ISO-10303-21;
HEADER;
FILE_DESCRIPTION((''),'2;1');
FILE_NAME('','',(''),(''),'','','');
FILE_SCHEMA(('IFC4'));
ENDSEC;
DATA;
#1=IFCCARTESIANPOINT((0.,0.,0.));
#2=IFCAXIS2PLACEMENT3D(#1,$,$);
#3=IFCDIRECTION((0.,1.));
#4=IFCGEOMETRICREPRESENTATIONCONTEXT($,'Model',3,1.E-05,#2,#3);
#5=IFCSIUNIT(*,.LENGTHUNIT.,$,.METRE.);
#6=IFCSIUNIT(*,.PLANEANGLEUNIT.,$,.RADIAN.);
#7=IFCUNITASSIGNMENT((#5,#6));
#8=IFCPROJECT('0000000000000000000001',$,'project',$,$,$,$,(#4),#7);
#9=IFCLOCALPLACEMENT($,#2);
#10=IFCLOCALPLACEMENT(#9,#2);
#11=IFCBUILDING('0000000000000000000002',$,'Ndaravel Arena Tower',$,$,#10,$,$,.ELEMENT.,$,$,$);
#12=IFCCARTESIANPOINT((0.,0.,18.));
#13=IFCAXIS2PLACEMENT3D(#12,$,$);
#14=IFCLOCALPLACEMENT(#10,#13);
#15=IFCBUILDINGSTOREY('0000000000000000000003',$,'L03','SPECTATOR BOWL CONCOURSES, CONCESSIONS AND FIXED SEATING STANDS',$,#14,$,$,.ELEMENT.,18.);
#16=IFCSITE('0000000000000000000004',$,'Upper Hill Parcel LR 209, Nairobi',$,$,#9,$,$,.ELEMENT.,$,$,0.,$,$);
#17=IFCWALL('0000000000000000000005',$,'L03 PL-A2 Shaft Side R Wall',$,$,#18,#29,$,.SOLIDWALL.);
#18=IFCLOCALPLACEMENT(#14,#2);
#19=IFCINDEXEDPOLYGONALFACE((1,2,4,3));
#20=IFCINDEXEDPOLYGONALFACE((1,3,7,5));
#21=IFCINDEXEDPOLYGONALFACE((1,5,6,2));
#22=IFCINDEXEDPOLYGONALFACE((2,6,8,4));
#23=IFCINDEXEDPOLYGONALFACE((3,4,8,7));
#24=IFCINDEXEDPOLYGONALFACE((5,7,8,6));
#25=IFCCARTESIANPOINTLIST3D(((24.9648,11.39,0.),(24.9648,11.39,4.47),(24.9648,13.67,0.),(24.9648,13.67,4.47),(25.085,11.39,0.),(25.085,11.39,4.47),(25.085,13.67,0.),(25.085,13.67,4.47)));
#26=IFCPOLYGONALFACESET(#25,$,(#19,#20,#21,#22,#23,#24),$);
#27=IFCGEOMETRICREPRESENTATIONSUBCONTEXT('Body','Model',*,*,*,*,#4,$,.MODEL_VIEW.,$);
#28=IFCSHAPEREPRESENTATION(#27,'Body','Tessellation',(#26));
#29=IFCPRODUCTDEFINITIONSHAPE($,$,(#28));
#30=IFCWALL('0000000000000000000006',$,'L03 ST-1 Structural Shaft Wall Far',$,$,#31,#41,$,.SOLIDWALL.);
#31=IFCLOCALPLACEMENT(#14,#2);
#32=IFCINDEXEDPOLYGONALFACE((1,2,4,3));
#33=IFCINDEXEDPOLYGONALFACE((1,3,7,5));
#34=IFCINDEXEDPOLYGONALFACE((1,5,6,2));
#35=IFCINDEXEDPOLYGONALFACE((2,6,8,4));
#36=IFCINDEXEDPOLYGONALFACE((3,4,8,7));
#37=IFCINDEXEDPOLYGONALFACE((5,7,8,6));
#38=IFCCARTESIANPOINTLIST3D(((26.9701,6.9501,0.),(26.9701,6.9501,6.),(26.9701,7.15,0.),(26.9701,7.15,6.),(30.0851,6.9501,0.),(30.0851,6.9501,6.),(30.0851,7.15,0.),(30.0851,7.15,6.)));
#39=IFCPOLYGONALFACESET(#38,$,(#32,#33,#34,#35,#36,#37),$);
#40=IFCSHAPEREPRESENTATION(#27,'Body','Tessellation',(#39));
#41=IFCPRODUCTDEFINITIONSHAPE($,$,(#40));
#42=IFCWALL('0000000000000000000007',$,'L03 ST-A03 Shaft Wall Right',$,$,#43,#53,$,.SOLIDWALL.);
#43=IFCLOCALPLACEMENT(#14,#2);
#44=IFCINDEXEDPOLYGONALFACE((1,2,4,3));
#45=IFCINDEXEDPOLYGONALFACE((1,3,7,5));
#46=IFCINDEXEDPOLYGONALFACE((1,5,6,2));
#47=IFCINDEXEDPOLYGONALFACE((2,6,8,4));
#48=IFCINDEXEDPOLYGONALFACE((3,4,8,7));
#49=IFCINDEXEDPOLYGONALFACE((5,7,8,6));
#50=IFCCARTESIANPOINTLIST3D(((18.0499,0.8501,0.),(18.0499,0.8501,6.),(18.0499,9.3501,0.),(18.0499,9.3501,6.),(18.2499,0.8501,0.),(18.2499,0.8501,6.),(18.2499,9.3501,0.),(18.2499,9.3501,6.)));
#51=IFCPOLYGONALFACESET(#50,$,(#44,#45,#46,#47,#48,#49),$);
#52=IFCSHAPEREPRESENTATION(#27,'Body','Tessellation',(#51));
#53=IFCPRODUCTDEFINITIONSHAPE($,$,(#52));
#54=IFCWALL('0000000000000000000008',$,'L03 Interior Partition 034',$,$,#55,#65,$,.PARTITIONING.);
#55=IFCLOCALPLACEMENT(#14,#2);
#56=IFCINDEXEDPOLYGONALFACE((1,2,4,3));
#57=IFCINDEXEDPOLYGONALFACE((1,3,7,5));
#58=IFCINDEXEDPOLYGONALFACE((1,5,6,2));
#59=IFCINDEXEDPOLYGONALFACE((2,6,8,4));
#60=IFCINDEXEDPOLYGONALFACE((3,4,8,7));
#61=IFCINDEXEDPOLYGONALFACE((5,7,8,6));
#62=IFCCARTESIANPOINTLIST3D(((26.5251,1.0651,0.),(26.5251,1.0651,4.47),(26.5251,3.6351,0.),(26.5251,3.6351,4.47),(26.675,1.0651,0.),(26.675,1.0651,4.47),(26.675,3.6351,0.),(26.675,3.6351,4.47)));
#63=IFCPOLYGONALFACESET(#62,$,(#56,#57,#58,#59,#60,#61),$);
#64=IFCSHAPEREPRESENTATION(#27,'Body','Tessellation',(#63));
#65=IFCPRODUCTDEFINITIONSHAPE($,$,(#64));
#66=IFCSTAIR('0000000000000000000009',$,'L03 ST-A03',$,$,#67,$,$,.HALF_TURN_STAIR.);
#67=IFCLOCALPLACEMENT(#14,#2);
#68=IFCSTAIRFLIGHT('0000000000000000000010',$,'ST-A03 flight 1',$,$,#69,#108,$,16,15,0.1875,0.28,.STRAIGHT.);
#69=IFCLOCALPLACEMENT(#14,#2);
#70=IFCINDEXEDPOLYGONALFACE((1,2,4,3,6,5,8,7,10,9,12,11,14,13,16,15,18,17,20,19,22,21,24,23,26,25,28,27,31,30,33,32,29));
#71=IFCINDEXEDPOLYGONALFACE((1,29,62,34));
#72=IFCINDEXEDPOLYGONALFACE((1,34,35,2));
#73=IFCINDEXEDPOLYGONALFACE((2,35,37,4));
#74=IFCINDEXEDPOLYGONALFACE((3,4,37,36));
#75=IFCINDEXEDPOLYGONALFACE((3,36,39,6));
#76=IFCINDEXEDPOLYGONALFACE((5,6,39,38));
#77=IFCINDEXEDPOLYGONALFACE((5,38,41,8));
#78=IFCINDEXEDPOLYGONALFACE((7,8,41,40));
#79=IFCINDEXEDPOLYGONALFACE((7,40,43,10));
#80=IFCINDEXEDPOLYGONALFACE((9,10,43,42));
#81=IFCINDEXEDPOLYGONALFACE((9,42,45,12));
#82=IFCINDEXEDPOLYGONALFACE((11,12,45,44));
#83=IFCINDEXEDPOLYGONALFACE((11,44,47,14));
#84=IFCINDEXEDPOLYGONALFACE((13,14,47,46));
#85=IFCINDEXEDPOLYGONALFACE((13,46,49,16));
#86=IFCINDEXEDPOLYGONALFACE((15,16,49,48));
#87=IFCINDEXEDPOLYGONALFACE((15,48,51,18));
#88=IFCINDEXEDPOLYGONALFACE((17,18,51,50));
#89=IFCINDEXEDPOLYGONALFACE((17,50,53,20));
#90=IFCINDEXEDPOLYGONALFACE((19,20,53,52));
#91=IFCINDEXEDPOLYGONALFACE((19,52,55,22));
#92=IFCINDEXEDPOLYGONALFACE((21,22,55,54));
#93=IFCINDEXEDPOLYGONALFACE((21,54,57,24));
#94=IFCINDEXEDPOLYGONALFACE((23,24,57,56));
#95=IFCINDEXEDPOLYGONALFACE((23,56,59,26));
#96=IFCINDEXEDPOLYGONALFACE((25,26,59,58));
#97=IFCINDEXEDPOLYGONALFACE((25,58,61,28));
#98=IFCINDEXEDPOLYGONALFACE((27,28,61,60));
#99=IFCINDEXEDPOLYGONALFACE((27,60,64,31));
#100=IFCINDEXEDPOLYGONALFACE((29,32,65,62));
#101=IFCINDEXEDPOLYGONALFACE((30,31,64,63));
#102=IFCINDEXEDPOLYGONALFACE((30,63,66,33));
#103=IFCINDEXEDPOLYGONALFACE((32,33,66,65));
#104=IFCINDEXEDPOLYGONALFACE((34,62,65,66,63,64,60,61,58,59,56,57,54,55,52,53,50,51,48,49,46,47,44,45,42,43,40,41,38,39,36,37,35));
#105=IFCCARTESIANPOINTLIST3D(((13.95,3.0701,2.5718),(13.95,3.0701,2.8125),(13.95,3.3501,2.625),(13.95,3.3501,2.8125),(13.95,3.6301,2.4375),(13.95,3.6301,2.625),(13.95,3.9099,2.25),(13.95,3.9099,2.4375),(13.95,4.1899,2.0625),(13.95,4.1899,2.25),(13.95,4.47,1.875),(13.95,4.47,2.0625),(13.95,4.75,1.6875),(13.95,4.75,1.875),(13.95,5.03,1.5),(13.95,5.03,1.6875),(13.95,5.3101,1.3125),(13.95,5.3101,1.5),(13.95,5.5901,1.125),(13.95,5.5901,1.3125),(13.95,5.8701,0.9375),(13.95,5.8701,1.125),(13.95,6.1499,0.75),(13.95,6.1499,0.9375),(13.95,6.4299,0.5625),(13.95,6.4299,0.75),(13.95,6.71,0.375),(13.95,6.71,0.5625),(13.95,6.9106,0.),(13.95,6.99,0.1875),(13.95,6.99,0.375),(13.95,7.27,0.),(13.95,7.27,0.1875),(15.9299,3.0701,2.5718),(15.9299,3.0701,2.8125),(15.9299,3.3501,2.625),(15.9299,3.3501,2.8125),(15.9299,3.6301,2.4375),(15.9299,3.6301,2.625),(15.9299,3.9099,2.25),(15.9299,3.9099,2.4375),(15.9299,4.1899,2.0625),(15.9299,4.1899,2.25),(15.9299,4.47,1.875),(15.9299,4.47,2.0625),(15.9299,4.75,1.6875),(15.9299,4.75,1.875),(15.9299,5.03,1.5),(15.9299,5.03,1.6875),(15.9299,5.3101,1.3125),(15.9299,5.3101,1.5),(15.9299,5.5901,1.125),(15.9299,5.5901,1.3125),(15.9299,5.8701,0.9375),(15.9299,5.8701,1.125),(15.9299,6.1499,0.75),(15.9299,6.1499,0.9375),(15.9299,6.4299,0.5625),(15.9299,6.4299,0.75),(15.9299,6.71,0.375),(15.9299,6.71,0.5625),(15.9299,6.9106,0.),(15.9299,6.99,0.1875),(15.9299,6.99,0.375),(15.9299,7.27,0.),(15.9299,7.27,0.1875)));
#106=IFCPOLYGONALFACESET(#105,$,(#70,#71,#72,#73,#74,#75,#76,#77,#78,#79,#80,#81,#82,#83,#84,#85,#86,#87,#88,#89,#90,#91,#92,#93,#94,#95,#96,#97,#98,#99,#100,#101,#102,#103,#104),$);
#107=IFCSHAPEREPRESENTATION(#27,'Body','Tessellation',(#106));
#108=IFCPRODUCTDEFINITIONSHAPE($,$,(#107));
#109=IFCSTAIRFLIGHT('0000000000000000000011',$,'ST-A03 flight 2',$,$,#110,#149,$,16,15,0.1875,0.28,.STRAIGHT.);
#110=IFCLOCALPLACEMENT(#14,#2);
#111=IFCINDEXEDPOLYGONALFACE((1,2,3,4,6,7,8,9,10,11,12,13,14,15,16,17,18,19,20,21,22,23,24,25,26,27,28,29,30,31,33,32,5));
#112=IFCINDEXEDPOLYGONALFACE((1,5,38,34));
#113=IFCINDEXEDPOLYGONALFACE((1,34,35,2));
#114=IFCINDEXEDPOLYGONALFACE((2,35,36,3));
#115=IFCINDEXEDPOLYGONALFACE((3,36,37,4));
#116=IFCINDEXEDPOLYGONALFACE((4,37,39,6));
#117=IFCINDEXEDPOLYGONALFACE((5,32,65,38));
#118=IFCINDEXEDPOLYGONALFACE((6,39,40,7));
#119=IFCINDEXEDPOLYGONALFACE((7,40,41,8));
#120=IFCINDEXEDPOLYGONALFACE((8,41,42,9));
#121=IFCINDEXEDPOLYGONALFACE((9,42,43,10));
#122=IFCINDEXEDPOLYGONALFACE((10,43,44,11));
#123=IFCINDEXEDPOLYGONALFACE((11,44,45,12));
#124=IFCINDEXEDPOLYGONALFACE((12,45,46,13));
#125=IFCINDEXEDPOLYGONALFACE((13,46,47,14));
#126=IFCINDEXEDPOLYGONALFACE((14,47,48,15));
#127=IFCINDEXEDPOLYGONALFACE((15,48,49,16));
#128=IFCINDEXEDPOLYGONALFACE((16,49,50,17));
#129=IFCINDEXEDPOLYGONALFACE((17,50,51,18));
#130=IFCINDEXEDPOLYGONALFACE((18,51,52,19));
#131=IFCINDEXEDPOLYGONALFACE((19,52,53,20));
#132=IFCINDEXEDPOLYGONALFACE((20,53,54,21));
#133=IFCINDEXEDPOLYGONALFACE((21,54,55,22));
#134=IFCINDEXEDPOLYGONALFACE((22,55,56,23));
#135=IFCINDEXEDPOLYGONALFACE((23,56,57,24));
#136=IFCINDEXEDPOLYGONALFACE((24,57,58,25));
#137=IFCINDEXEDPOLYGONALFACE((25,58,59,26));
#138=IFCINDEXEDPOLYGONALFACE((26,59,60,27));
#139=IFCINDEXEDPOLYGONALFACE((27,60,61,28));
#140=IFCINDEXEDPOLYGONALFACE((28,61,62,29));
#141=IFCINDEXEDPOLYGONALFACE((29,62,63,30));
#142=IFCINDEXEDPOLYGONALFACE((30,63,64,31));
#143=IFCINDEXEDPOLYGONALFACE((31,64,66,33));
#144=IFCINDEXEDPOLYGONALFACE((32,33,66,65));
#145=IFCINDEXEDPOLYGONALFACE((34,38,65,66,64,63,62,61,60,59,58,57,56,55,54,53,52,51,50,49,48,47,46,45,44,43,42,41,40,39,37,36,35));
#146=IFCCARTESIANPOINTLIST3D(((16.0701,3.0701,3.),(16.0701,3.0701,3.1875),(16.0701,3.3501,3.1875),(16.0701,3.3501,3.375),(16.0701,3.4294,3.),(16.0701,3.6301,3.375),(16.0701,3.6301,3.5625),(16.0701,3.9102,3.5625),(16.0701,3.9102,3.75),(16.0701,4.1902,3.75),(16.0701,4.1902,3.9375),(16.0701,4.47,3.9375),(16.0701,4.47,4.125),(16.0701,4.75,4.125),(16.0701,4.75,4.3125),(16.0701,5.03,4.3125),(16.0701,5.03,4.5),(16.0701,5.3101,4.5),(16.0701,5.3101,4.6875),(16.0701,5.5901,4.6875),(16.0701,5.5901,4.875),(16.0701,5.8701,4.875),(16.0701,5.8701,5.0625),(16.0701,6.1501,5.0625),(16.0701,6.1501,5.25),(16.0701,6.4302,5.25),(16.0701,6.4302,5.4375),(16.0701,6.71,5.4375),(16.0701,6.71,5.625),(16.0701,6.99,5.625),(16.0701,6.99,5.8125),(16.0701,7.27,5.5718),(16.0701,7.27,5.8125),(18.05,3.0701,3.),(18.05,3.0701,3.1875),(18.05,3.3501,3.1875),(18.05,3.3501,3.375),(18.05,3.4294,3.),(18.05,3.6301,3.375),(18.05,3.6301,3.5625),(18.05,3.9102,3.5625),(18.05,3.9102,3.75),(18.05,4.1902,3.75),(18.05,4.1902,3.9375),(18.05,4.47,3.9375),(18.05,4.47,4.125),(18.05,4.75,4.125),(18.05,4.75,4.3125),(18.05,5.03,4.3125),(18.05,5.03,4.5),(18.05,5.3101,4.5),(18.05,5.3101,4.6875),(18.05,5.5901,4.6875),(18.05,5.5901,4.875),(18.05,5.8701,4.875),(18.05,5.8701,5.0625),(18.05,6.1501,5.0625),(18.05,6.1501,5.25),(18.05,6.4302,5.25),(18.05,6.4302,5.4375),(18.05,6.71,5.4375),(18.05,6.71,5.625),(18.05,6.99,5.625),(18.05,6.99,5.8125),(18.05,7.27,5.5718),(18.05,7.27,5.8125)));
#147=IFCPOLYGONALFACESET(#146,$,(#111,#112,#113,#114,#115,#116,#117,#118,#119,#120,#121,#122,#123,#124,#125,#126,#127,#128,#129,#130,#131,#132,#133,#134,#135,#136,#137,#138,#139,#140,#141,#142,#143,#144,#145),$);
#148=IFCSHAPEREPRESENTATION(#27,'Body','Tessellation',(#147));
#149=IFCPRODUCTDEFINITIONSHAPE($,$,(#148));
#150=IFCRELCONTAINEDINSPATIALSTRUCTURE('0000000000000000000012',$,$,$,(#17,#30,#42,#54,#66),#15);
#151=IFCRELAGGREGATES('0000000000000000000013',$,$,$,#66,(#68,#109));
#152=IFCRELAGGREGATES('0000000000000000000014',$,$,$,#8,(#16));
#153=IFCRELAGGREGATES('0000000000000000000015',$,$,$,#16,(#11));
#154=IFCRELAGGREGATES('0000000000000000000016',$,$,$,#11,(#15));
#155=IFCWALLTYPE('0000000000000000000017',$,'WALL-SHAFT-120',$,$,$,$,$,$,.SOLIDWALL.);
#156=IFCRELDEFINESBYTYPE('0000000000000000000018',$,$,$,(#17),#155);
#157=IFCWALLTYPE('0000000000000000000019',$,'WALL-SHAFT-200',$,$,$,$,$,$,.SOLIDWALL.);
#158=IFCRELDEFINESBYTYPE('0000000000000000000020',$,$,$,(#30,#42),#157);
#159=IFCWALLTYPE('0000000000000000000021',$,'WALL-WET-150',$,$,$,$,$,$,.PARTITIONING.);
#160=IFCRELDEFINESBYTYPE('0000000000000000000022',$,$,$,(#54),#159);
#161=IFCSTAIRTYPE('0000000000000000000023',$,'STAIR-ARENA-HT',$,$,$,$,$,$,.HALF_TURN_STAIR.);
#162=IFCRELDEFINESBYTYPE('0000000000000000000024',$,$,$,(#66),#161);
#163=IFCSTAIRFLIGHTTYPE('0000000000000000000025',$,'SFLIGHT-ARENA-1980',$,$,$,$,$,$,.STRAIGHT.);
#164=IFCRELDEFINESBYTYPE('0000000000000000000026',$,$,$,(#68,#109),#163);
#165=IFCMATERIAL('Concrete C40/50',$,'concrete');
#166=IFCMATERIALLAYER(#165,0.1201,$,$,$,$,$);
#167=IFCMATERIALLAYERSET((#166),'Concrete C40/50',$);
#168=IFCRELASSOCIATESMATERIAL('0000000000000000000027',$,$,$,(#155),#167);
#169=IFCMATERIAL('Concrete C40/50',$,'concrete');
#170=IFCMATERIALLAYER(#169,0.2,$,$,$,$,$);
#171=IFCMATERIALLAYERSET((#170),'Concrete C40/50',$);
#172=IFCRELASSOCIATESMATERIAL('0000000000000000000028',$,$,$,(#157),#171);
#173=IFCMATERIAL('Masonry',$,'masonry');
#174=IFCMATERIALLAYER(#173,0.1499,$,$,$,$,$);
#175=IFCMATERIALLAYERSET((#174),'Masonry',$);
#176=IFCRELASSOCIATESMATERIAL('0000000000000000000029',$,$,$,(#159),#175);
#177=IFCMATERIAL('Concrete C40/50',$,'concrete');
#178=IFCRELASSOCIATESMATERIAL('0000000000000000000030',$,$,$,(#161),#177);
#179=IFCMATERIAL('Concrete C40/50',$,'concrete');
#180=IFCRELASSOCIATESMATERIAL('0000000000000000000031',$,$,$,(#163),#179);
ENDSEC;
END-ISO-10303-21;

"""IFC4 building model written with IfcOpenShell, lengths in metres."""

from ifc_helpers import new_model, si_unit, direction, frame, frame_2d, origin, place, context, subcontext, project, spatial, polyline, rectangle, outline, extrude, material, layer, layer_set, type_object, element, aggregate, save


model = new_model("IFC4")

# Units and contexts
model_context = context("Model", 3, precision=1e-05, world=origin(), true_north=direction((0.0, 1.0)))
body_context = subcontext(model_context, "Body", "Model", "MODEL_VIEW")
ifc_project = project(units=[si_unit("LENGTHUNIT", "METRE"), si_unit("PLANEANGLEUNIT", "RADIAN")], contexts=[model_context])

# Site, building, storey
site_placement = place(None, origin())
site = spatial("IfcSite", under=ifc_project, at=site_placement, Name="Upper Hill Parcel LR 209, Nairobi", CompositionType="ELEMENT", RefElevation=0.0)
building_placement = place(site_placement, origin())
building = spatial("IfcBuilding", under=site, at=building_placement, Name="Ndaravel Arena Tower", CompositionType="ELEMENT")
storey_placement = place(building_placement, frame((0.0, 0.0, 18.0)))
storey = spatial("IfcBuildingStorey", under=building, at=storey_placement, Name="L03", Description="SPECTATOR BOWL CONCOURSES, CONCESSIONS AND FIXED SEATING STANDS", CompositionType="ELEMENT", Elevation=18.0)

# Shared definitions
ifc_material_1 = material(Name="Concrete C40/50", Category="concrete")
ifc_layer_1 = layer(ifc_material_1, 0.1201)
ifc_layer_set_1 = layer_set([ifc_layer_1], Name="Concrete C40/50")
wall_type_1 = type_object("IfcWallType", Name="WALL-SHAFT-120", PredefinedType="SOLIDWALL", material=ifc_layer_set_1)

# Walls
for number, where, z_axis, x_axis, name in (
    (1, (25.0249, 11.3899, 0.0), (0.0, 0.0, 1.0), (0.0, 1.0, 0.0), "L03 PL-A2 Shaft Side R Wall"),
):
    element("IfcWall", number, at=place(storey_placement, frame(where, z_axis=z_axis, x_axis=x_axis)), inside=storey, type_object=wall_type_1, Name=name, PredefinedType="SOLIDWALL", context=body_context, shape_type="SweptSolid", body=[
        extrude(rectangle(XDim=2.28, YDim=0.1201, at=frame_2d((1.1401, 0.0))), origin(), (0.0, 0.0, 1.0), 4.47),
    ])
ifc_material_2 = material(Name="Concrete C40/50", Category="concrete")
ifc_layer_2 = layer(ifc_material_2, 0.2)
ifc_layer_set_2 = layer_set([ifc_layer_2], Name="Concrete C40/50")
wall_type_2 = type_object("IfcWallType", Name="WALL-SHAFT-200", PredefinedType="SOLIDWALL", material=ifc_layer_set_2)
wall_1_placement = place(storey_placement, frame((26.97, 7.05, 0.0), z_axis=(0.0, 0.0, 1.0), x_axis=(1.0, 0.0, 0.0)))
element("IfcWall", 2, at=wall_1_placement, inside=storey, type_object=wall_type_2, Name="L03 ST-1 Structural Shaft Wall Far", PredefinedType="SOLIDWALL", context=body_context, shape_type="SweptSolid", body=[
    extrude(rectangle(XDim=3.115, YDim=0.2, at=frame_2d((1.5576, 0.0))), origin(), (0.0, 0.0, 1.0), 6.0),
])
wall_2_placement = place(storey_placement, frame((18.1499, 9.3501, 0.0), z_axis=(0.0, 0.0, 1.0), x_axis=(0.0, -1.0, 0.0)))
element("IfcWall", 3, at=wall_2_placement, inside=storey, type_object=wall_type_2, Name="L03 ST-A03 Shaft Wall Right", PredefinedType="SOLIDWALL", context=body_context, shape_type="SweptSolid", body=[
    extrude(rectangle(XDim=8.5, YDim=0.2, at=frame_2d((4.25, 0.0))), origin(), (0.0, 0.0, 1.0), 6.0),
])

# Wall
ifc_material_3 = material(Name="Masonry", Category="masonry")
ifc_layer_3 = layer(ifc_material_3, 0.1499)
ifc_layer_set_3 = layer_set([ifc_layer_3], Name="Masonry")
wall_type_3 = type_object("IfcWallType", Name="WALL-WET-150", PredefinedType="PARTITIONING", material=ifc_layer_set_3)
wall_3_placement = place(storey_placement, frame((26.6001, 1.0649, 0.0), z_axis=(0.0, 0.0, 1.0), x_axis=(0.0, 1.0, 0.0)))
element("IfcWall", 4, at=wall_3_placement, inside=storey, type_object=wall_type_3, Name="L03 Interior Partition 034", PredefinedType="PARTITIONING", context=body_context, shape_type="SweptSolid", body=[
    extrude(rectangle(XDim=2.5701, YDim=0.1499, at=frame_2d((1.2852, 0.0))), origin(), (0.0, 0.0, 1.0), 4.47),
])

# Stair, stair flights
ifc_material_4 = material(Name="Concrete C40/50", Category="concrete")
stair_type_1 = type_object("IfcStairType", Name="STAIR-ARENA-HT", PredefinedType="HALF_TURN_STAIR", material=ifc_material_4)
stair_1_placement = place(storey_placement, origin())
stair_1 = element("IfcStair", 5, at=stair_1_placement, inside=storey, type_object=stair_type_1, Name="L03 ST-A03", PredefinedType="HALF_TURN_STAIR")
ifc_material_5 = material(Name="Concrete C40/50", Category="concrete")
stair_flight_type_1 = type_object("IfcStairFlightType", Name="SFLIGHT-ARENA-1980", PredefinedType="STRAIGHT", material=ifc_material_5)
stair_flight_1_placement = place(storey_placement, frame((14.9399, 7.27, 0.0), z_axis=(0.0, 0.0, 1.0), x_axis=(0.0, -1.0, 0.0)))
stair_flight_1 = element("IfcStairFlight", 6, at=stair_flight_1_placement, type_object=stair_flight_type_1, Name="ST-A03 flight 1", NumberOfRisers=16, NumberOfTreads=15, PredefinedType="STRAIGHT", RiserHeight=0.1875, TreadLength=0.28, context=body_context, shape_type="SweptSolid", body=[
    extrude(outline(polyline([(0.0, 0.0), (0.0, 0.1875), (0.28, 0.1875), (0.28, 0.375), (0.5601, 0.375), (0.5601, 0.5625), (0.8401, 0.5625), (0.8401, 0.75), (1.1201, 0.75), (1.1201, 0.9375), (1.3999, 0.9375), (1.3999, 1.125), (1.6799, 1.125), (1.6799, 1.3125), (1.96, 1.3125), (1.96, 1.5), (2.24, 1.5), (2.24, 1.6875), (2.52, 1.6875), (2.52, 1.875), (2.8, 1.875), (2.8, 2.0625), (3.0801, 2.0625), (3.0801, 2.25), (3.3601, 2.25), (3.3601, 2.4375), (3.6399, 2.4375), (3.6399, 2.625), (3.9199, 2.625), (3.9199, 2.8125), (4.2, 2.8125), (4.2, 3.0), (4.2, 2.5718), (0.3594, 0.0), (0.0, 0.0)])), frame((0.0, 0.99, 0.0), z_axis=(0.0, -1.0, 0.0), x_axis=(1.0, 0.0, 0.0)), (0.0, 0.0, 1.0), 1.98),
])
stair_flight_2_placement = place(storey_placement, frame((17.0601, 3.0701, 3.0), z_axis=(0.0, 0.0, 1.0), x_axis=(0.0, 1.0, 0.0)))
stair_flight_2 = element("IfcStairFlight", 7, at=stair_flight_2_placement, type_object=stair_flight_type_1, Name="ST-A03 flight 2", NumberOfRisers=16, NumberOfTreads=15, PredefinedType="STRAIGHT", RiserHeight=0.1875, TreadLength=0.28, context=body_context, shape_type="SweptSolid", body=[
    extrude(outline(polyline([(0.0, 0.0), (0.0, 0.1875), (0.28, 0.1875), (0.28, 0.375), (0.5601, 0.375), (0.5601, 0.5625), (0.8401, 0.5625), (0.8401, 0.75), (1.1201, 0.75), (1.1201, 0.9375), (1.3999, 0.9375), (1.3999, 1.125), (1.6799, 1.125), (1.6799, 1.3125), (1.96, 1.3125), (1.96, 1.5), (2.24, 1.5), (2.24, 1.6875), (2.52, 1.6875), (2.52, 1.875), (2.8, 1.875), (2.8, 2.0625), (3.0801, 2.0625), (3.0801, 2.25), (3.3601, 2.25), (3.3601, 2.4375), (3.6399, 2.4375), (3.6399, 2.625), (3.9199, 2.625), (3.9199, 2.8125), (4.2, 2.8125), (4.2, 3.0), (4.2, 2.5718), (0.3594, 0.0), (0.0, 0.0)])), frame((0.0, 0.99, 0.0), z_axis=(0.0, -1.0, 0.0), x_axis=(1.0, 0.0, 0.0)), (0.0, 0.0, 1.0), 1.98),
])
aggregate(stair_1, [stair_flight_1, stair_flight_2])

save(model, "model.ifc")
